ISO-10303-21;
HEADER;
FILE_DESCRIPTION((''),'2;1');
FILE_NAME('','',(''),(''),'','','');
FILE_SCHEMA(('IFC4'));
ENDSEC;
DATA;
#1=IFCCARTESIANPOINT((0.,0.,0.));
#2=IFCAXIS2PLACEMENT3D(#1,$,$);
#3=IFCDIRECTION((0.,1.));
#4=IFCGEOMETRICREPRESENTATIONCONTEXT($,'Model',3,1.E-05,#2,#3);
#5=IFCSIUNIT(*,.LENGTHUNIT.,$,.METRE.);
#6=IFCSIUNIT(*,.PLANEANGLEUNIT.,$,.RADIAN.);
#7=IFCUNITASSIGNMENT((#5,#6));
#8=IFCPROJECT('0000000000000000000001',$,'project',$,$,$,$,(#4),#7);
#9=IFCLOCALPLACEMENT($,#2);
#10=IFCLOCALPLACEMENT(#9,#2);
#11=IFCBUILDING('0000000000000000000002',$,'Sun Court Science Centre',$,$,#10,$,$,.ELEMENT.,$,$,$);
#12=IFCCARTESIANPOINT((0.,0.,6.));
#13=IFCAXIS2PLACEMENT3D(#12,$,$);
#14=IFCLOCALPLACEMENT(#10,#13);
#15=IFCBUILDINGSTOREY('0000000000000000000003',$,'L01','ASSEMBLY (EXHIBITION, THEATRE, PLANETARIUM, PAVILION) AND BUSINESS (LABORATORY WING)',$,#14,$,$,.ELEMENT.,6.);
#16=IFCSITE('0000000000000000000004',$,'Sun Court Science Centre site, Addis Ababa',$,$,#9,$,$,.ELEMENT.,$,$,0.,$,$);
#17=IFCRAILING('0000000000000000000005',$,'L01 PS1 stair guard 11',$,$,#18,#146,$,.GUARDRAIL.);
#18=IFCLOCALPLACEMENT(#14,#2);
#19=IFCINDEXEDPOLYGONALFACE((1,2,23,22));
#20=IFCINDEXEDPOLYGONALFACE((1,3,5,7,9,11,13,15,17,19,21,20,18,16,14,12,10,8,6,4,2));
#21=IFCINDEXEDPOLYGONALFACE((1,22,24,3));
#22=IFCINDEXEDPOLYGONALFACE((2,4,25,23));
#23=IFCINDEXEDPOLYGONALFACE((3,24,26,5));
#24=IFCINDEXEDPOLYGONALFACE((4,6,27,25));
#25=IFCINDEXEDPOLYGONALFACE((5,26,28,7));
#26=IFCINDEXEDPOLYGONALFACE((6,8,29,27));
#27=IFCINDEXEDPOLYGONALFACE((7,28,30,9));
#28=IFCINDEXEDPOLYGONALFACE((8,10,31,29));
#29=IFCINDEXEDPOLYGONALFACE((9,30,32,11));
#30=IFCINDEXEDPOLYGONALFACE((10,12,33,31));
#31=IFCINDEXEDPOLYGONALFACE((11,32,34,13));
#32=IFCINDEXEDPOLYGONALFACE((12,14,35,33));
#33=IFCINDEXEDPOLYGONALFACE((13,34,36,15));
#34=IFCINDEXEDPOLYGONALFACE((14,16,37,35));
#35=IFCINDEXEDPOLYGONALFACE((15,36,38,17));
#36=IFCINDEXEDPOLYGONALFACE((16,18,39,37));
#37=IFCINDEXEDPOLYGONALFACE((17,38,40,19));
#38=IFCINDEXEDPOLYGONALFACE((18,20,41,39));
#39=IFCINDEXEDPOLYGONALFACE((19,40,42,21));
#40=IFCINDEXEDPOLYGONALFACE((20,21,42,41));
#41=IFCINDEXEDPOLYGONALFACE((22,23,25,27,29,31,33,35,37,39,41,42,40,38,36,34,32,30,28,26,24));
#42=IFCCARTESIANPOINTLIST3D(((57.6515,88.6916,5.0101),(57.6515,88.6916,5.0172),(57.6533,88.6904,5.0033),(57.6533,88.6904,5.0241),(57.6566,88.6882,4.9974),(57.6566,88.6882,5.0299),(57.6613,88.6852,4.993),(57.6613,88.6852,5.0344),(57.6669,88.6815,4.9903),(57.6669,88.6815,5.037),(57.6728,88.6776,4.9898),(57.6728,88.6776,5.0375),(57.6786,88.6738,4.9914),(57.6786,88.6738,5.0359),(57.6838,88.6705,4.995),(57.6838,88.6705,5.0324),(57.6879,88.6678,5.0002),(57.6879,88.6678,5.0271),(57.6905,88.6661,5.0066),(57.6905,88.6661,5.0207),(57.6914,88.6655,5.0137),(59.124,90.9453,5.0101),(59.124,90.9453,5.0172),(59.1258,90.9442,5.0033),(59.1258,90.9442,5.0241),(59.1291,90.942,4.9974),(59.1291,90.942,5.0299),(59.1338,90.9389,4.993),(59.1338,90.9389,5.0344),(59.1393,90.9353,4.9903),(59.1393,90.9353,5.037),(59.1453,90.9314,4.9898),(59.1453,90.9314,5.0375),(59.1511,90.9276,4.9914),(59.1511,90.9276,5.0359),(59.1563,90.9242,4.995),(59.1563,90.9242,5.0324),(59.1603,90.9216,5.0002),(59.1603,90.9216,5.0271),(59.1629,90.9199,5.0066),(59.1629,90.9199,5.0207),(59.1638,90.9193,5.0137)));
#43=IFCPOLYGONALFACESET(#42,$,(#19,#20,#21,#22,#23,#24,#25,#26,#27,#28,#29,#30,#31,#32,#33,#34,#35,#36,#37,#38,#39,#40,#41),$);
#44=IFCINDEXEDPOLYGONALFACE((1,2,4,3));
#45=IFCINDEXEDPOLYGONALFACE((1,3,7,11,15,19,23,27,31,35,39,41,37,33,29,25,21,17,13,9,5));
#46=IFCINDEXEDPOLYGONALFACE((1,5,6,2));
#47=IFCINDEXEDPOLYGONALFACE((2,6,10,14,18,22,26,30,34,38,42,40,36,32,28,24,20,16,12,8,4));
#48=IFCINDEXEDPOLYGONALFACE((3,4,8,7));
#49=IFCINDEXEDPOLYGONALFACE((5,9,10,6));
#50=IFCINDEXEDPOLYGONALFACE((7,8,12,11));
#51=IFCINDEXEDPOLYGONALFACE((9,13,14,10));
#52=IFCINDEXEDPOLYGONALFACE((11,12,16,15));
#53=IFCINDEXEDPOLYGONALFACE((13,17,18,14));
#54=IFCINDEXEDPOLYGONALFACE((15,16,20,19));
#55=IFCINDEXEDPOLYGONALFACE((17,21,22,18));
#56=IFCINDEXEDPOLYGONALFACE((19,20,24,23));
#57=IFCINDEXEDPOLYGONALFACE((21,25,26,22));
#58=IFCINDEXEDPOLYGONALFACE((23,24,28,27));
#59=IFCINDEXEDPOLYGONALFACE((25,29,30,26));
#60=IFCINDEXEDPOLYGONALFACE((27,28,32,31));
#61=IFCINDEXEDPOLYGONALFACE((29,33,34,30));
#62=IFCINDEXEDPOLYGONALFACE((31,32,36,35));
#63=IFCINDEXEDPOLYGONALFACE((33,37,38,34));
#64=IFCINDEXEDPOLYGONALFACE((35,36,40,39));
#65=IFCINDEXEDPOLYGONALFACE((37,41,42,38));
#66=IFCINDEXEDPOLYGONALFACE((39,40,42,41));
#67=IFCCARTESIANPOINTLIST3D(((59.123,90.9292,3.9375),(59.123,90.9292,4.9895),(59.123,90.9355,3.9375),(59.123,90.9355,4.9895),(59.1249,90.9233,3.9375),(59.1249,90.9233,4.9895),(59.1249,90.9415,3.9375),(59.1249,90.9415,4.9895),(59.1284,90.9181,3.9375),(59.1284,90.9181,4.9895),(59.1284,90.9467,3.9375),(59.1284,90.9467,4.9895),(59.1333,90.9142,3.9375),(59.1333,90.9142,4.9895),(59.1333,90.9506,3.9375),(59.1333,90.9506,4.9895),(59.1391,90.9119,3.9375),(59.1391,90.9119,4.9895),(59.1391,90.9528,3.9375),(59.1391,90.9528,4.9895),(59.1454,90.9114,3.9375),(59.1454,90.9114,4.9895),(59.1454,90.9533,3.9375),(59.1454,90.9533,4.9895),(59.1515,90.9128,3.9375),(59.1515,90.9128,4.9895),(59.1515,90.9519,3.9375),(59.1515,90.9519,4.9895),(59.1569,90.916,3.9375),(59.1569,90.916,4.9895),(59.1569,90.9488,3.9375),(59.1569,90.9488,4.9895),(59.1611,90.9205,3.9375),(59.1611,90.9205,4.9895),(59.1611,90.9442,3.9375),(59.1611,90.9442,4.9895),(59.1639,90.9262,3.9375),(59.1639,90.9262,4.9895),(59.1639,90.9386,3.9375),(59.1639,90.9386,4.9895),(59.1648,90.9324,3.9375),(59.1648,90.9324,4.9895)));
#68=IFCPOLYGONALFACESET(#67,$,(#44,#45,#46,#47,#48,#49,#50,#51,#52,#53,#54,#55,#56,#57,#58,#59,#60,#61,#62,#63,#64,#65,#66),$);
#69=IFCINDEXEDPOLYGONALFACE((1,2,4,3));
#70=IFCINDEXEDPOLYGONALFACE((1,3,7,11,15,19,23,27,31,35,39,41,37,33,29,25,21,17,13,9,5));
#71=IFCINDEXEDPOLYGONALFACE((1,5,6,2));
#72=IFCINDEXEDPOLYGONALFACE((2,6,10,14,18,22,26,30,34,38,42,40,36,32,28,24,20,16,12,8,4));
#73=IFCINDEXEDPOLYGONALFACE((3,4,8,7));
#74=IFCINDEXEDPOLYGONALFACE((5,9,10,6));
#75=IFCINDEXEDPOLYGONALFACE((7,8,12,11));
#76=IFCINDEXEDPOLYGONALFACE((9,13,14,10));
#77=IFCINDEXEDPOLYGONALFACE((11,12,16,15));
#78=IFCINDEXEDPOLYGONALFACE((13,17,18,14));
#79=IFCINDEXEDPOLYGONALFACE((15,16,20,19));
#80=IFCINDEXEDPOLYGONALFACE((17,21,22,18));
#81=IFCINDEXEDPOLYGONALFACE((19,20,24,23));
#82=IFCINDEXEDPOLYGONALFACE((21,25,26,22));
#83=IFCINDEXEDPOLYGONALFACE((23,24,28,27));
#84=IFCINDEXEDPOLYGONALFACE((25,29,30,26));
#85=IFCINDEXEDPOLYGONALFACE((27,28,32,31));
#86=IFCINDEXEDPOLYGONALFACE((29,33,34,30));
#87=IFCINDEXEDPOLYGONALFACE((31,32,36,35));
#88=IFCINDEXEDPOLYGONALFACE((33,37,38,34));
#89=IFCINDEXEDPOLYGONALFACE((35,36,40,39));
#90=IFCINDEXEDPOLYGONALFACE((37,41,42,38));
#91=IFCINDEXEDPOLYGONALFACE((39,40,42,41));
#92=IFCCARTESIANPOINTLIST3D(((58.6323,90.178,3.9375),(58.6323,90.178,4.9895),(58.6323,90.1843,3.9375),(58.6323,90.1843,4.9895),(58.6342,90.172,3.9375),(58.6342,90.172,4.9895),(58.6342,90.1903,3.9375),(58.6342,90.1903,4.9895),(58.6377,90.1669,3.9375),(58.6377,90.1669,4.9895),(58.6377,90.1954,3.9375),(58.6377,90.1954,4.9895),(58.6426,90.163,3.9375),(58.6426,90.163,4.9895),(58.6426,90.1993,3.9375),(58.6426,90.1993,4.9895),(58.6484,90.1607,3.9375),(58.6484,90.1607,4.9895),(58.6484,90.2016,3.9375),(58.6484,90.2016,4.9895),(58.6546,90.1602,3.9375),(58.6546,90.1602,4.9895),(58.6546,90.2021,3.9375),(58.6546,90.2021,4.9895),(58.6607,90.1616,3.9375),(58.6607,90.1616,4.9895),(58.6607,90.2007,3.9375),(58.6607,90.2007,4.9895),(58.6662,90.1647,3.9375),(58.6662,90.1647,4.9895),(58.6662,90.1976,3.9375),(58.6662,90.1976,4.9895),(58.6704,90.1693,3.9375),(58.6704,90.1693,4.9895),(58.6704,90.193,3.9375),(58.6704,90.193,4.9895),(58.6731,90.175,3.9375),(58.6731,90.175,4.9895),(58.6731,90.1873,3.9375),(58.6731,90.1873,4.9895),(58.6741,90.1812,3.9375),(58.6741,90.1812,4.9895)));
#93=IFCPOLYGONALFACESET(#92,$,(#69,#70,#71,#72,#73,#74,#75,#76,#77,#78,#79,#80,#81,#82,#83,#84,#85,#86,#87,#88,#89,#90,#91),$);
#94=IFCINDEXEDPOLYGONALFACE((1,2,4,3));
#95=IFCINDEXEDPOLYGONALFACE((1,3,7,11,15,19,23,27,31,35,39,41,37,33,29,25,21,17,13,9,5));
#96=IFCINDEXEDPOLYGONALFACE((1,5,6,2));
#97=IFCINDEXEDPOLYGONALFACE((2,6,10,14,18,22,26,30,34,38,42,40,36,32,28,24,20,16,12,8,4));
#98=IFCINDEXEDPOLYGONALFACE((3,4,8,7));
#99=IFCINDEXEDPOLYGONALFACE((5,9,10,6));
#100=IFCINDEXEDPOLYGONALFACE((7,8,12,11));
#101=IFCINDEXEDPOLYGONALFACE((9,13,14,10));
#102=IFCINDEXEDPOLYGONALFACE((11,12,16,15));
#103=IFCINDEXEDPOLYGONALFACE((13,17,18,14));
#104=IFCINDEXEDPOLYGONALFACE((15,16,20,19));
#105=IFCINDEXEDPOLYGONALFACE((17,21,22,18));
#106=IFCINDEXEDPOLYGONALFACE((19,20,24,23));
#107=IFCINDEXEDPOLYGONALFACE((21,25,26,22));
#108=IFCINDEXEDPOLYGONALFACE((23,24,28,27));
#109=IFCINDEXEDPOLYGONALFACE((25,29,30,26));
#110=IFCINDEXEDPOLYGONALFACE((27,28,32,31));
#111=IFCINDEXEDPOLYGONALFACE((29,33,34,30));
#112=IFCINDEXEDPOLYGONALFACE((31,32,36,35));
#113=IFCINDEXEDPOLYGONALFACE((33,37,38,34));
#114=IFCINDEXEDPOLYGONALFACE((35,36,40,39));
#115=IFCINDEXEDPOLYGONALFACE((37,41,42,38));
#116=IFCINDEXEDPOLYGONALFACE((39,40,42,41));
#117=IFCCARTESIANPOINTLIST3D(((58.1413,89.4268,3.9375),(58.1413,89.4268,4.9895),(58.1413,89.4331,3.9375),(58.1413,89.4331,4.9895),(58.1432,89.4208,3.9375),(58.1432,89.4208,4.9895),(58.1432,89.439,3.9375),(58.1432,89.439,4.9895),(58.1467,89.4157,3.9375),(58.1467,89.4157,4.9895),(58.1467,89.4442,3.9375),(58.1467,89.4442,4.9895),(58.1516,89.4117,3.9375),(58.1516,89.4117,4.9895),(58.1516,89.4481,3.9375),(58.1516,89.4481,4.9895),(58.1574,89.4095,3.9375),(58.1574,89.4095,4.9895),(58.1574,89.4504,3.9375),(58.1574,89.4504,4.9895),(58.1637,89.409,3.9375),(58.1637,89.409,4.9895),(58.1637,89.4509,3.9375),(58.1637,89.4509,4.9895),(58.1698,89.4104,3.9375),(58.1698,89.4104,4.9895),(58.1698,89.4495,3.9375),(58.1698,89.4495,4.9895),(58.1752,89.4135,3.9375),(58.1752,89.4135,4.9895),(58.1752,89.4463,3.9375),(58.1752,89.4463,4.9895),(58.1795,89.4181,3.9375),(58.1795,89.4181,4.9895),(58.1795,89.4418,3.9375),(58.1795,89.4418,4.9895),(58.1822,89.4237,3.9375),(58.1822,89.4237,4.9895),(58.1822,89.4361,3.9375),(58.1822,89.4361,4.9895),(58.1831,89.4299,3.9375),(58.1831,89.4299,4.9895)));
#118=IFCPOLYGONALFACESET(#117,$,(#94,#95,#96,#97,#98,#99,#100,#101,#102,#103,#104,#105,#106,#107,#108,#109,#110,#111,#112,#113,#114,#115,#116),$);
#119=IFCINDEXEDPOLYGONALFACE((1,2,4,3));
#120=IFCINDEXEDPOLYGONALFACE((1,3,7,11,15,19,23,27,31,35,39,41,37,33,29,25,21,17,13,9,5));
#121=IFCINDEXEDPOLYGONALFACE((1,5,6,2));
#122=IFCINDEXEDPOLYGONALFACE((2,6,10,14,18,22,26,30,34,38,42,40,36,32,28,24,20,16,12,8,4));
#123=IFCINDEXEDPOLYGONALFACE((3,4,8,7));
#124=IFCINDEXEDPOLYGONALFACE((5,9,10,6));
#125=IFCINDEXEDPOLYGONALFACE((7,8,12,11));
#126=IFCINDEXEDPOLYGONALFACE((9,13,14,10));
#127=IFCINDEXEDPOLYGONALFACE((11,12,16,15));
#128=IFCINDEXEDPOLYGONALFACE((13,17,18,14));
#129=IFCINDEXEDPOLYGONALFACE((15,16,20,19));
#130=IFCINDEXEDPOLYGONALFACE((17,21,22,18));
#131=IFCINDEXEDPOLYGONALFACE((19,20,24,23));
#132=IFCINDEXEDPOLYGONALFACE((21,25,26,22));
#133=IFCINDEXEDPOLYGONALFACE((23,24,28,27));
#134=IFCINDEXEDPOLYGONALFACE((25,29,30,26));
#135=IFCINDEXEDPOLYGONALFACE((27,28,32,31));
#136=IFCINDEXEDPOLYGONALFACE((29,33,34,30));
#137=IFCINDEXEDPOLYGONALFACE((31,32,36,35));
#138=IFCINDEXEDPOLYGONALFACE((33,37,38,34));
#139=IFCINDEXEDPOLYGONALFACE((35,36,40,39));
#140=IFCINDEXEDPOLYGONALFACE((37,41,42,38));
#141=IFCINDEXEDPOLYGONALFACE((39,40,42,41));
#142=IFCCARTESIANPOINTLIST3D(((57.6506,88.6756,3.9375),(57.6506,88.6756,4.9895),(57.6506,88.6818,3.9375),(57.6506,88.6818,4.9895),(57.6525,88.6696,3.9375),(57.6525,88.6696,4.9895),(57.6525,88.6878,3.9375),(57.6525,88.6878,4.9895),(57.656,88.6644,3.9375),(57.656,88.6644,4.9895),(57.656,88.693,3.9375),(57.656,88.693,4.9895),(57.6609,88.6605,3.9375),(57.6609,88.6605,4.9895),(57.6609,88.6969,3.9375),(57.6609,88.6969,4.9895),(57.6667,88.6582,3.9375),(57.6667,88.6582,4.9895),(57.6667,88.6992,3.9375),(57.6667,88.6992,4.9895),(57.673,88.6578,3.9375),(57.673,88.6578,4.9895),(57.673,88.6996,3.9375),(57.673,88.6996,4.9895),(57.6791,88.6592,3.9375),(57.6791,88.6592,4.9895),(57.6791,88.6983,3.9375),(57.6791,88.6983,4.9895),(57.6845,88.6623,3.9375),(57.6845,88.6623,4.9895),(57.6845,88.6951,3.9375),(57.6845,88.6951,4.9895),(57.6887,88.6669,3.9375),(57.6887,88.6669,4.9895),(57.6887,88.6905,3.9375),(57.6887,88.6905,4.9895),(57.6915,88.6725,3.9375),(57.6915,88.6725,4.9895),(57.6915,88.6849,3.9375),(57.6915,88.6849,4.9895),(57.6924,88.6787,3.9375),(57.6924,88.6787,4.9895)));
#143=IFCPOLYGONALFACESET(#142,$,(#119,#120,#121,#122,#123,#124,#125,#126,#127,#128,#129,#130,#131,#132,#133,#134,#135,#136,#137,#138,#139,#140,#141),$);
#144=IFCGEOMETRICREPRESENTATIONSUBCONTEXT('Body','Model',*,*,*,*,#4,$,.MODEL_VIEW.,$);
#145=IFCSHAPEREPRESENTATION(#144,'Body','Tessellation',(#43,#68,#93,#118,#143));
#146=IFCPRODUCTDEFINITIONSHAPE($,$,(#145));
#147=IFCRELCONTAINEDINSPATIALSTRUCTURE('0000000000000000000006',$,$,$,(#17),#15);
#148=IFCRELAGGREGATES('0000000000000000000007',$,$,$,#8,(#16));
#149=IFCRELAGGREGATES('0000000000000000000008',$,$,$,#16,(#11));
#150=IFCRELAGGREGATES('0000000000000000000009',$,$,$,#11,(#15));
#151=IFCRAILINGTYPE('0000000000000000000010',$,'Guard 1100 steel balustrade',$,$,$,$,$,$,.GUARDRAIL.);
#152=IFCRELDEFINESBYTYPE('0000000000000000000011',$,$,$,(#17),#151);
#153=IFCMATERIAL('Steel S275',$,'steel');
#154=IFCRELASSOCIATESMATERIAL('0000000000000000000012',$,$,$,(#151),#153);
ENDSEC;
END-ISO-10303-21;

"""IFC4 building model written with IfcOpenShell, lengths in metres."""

from ifc_helpers import new_model, si_unit, direction, frame, origin, origin_2d, place, context, subcontext, project, spatial, circle, extrude, material, type_object, element, save


model = new_model("IFC4")

# Units and contexts
model_context = context("Model", 3, precision=1e-05, world=origin(), true_north=direction((0.0, 1.0)))
body_context = subcontext(model_context, "Body", "Model", "MODEL_VIEW")
ifc_project = project(units=[si_unit("LENGTHUNIT", "METRE"), si_unit("PLANEANGLEUNIT", "RADIAN")], contexts=[model_context])

# Site, building, storey
site_placement = place(None, origin())
site = spatial("IfcSite", under=ifc_project, at=site_placement, Name="Sun Court Science Centre site, Addis Ababa", CompositionType="ELEMENT", RefElevation=0.0)
building_placement = place(site_placement, origin())
building = spatial("IfcBuilding", under=site, at=building_placement, Name="Sun Court Science Centre", CompositionType="ELEMENT")
storey_placement = place(building_placement, frame((0.0, 0.0, 6.0)))
storey = spatial("IfcBuildingStorey", under=building, at=storey_placement, Name="L01", Description="ASSEMBLY (EXHIBITION, THEATRE, PLANETARIUM, PAVILION) AND BUSINESS (LABORATORY WING)", CompositionType="ELEMENT", Elevation=6.0)

# Railing
ifc_material_1 = material(Name="Steel S275", Category="steel")
railing_type_1 = type_object("IfcRailingType", Name="Guard 1100 steel balustrade", PredefinedType="GUARDRAIL", material=ifc_material_1)
railing_1_placement = place(storey_placement, frame((59.1438, 90.9324, 3.9375)))
element("IfcRailing", 1, at=railing_1_placement, inside=storey, type_object=railing_type_1, Name="L01 PS1 stair guard 11", PredefinedType="GUARDRAIL", context=body_context, shape_type="SweptSolid", body=[
    extrude(circle(Radius=0.0239, at=origin_2d()), frame((0.0, 0.0, 1.0762), z_axis=(-0.546954, -0.837163, 0.0), x_axis=(0.837163, -0.546954, 0.0)), (0.0, 0.0, 1.0), 2.6921),
    extrude(circle(Radius=0.021, at=origin_2d()), origin(), (0.0, 0.0, 1.0), 1.052),
    extrude(circle(Radius=0.021, at=origin_2d()), frame((-0.4907, -0.7512, 0.0)), (0.0, 0.0, 1.0), 1.052),
    extrude(circle(Radius=0.021, at=origin_2d()), frame((-0.9817, -1.5024, 0.0)), (0.0, 0.0, 1.0), 1.052),
    extrude(circle(Radius=0.021, at=origin_2d()), frame((-1.4724, -2.2537, 0.0)), (0.0, 0.0, 1.0), 1.052),
])

save(model, "model.ifc")
